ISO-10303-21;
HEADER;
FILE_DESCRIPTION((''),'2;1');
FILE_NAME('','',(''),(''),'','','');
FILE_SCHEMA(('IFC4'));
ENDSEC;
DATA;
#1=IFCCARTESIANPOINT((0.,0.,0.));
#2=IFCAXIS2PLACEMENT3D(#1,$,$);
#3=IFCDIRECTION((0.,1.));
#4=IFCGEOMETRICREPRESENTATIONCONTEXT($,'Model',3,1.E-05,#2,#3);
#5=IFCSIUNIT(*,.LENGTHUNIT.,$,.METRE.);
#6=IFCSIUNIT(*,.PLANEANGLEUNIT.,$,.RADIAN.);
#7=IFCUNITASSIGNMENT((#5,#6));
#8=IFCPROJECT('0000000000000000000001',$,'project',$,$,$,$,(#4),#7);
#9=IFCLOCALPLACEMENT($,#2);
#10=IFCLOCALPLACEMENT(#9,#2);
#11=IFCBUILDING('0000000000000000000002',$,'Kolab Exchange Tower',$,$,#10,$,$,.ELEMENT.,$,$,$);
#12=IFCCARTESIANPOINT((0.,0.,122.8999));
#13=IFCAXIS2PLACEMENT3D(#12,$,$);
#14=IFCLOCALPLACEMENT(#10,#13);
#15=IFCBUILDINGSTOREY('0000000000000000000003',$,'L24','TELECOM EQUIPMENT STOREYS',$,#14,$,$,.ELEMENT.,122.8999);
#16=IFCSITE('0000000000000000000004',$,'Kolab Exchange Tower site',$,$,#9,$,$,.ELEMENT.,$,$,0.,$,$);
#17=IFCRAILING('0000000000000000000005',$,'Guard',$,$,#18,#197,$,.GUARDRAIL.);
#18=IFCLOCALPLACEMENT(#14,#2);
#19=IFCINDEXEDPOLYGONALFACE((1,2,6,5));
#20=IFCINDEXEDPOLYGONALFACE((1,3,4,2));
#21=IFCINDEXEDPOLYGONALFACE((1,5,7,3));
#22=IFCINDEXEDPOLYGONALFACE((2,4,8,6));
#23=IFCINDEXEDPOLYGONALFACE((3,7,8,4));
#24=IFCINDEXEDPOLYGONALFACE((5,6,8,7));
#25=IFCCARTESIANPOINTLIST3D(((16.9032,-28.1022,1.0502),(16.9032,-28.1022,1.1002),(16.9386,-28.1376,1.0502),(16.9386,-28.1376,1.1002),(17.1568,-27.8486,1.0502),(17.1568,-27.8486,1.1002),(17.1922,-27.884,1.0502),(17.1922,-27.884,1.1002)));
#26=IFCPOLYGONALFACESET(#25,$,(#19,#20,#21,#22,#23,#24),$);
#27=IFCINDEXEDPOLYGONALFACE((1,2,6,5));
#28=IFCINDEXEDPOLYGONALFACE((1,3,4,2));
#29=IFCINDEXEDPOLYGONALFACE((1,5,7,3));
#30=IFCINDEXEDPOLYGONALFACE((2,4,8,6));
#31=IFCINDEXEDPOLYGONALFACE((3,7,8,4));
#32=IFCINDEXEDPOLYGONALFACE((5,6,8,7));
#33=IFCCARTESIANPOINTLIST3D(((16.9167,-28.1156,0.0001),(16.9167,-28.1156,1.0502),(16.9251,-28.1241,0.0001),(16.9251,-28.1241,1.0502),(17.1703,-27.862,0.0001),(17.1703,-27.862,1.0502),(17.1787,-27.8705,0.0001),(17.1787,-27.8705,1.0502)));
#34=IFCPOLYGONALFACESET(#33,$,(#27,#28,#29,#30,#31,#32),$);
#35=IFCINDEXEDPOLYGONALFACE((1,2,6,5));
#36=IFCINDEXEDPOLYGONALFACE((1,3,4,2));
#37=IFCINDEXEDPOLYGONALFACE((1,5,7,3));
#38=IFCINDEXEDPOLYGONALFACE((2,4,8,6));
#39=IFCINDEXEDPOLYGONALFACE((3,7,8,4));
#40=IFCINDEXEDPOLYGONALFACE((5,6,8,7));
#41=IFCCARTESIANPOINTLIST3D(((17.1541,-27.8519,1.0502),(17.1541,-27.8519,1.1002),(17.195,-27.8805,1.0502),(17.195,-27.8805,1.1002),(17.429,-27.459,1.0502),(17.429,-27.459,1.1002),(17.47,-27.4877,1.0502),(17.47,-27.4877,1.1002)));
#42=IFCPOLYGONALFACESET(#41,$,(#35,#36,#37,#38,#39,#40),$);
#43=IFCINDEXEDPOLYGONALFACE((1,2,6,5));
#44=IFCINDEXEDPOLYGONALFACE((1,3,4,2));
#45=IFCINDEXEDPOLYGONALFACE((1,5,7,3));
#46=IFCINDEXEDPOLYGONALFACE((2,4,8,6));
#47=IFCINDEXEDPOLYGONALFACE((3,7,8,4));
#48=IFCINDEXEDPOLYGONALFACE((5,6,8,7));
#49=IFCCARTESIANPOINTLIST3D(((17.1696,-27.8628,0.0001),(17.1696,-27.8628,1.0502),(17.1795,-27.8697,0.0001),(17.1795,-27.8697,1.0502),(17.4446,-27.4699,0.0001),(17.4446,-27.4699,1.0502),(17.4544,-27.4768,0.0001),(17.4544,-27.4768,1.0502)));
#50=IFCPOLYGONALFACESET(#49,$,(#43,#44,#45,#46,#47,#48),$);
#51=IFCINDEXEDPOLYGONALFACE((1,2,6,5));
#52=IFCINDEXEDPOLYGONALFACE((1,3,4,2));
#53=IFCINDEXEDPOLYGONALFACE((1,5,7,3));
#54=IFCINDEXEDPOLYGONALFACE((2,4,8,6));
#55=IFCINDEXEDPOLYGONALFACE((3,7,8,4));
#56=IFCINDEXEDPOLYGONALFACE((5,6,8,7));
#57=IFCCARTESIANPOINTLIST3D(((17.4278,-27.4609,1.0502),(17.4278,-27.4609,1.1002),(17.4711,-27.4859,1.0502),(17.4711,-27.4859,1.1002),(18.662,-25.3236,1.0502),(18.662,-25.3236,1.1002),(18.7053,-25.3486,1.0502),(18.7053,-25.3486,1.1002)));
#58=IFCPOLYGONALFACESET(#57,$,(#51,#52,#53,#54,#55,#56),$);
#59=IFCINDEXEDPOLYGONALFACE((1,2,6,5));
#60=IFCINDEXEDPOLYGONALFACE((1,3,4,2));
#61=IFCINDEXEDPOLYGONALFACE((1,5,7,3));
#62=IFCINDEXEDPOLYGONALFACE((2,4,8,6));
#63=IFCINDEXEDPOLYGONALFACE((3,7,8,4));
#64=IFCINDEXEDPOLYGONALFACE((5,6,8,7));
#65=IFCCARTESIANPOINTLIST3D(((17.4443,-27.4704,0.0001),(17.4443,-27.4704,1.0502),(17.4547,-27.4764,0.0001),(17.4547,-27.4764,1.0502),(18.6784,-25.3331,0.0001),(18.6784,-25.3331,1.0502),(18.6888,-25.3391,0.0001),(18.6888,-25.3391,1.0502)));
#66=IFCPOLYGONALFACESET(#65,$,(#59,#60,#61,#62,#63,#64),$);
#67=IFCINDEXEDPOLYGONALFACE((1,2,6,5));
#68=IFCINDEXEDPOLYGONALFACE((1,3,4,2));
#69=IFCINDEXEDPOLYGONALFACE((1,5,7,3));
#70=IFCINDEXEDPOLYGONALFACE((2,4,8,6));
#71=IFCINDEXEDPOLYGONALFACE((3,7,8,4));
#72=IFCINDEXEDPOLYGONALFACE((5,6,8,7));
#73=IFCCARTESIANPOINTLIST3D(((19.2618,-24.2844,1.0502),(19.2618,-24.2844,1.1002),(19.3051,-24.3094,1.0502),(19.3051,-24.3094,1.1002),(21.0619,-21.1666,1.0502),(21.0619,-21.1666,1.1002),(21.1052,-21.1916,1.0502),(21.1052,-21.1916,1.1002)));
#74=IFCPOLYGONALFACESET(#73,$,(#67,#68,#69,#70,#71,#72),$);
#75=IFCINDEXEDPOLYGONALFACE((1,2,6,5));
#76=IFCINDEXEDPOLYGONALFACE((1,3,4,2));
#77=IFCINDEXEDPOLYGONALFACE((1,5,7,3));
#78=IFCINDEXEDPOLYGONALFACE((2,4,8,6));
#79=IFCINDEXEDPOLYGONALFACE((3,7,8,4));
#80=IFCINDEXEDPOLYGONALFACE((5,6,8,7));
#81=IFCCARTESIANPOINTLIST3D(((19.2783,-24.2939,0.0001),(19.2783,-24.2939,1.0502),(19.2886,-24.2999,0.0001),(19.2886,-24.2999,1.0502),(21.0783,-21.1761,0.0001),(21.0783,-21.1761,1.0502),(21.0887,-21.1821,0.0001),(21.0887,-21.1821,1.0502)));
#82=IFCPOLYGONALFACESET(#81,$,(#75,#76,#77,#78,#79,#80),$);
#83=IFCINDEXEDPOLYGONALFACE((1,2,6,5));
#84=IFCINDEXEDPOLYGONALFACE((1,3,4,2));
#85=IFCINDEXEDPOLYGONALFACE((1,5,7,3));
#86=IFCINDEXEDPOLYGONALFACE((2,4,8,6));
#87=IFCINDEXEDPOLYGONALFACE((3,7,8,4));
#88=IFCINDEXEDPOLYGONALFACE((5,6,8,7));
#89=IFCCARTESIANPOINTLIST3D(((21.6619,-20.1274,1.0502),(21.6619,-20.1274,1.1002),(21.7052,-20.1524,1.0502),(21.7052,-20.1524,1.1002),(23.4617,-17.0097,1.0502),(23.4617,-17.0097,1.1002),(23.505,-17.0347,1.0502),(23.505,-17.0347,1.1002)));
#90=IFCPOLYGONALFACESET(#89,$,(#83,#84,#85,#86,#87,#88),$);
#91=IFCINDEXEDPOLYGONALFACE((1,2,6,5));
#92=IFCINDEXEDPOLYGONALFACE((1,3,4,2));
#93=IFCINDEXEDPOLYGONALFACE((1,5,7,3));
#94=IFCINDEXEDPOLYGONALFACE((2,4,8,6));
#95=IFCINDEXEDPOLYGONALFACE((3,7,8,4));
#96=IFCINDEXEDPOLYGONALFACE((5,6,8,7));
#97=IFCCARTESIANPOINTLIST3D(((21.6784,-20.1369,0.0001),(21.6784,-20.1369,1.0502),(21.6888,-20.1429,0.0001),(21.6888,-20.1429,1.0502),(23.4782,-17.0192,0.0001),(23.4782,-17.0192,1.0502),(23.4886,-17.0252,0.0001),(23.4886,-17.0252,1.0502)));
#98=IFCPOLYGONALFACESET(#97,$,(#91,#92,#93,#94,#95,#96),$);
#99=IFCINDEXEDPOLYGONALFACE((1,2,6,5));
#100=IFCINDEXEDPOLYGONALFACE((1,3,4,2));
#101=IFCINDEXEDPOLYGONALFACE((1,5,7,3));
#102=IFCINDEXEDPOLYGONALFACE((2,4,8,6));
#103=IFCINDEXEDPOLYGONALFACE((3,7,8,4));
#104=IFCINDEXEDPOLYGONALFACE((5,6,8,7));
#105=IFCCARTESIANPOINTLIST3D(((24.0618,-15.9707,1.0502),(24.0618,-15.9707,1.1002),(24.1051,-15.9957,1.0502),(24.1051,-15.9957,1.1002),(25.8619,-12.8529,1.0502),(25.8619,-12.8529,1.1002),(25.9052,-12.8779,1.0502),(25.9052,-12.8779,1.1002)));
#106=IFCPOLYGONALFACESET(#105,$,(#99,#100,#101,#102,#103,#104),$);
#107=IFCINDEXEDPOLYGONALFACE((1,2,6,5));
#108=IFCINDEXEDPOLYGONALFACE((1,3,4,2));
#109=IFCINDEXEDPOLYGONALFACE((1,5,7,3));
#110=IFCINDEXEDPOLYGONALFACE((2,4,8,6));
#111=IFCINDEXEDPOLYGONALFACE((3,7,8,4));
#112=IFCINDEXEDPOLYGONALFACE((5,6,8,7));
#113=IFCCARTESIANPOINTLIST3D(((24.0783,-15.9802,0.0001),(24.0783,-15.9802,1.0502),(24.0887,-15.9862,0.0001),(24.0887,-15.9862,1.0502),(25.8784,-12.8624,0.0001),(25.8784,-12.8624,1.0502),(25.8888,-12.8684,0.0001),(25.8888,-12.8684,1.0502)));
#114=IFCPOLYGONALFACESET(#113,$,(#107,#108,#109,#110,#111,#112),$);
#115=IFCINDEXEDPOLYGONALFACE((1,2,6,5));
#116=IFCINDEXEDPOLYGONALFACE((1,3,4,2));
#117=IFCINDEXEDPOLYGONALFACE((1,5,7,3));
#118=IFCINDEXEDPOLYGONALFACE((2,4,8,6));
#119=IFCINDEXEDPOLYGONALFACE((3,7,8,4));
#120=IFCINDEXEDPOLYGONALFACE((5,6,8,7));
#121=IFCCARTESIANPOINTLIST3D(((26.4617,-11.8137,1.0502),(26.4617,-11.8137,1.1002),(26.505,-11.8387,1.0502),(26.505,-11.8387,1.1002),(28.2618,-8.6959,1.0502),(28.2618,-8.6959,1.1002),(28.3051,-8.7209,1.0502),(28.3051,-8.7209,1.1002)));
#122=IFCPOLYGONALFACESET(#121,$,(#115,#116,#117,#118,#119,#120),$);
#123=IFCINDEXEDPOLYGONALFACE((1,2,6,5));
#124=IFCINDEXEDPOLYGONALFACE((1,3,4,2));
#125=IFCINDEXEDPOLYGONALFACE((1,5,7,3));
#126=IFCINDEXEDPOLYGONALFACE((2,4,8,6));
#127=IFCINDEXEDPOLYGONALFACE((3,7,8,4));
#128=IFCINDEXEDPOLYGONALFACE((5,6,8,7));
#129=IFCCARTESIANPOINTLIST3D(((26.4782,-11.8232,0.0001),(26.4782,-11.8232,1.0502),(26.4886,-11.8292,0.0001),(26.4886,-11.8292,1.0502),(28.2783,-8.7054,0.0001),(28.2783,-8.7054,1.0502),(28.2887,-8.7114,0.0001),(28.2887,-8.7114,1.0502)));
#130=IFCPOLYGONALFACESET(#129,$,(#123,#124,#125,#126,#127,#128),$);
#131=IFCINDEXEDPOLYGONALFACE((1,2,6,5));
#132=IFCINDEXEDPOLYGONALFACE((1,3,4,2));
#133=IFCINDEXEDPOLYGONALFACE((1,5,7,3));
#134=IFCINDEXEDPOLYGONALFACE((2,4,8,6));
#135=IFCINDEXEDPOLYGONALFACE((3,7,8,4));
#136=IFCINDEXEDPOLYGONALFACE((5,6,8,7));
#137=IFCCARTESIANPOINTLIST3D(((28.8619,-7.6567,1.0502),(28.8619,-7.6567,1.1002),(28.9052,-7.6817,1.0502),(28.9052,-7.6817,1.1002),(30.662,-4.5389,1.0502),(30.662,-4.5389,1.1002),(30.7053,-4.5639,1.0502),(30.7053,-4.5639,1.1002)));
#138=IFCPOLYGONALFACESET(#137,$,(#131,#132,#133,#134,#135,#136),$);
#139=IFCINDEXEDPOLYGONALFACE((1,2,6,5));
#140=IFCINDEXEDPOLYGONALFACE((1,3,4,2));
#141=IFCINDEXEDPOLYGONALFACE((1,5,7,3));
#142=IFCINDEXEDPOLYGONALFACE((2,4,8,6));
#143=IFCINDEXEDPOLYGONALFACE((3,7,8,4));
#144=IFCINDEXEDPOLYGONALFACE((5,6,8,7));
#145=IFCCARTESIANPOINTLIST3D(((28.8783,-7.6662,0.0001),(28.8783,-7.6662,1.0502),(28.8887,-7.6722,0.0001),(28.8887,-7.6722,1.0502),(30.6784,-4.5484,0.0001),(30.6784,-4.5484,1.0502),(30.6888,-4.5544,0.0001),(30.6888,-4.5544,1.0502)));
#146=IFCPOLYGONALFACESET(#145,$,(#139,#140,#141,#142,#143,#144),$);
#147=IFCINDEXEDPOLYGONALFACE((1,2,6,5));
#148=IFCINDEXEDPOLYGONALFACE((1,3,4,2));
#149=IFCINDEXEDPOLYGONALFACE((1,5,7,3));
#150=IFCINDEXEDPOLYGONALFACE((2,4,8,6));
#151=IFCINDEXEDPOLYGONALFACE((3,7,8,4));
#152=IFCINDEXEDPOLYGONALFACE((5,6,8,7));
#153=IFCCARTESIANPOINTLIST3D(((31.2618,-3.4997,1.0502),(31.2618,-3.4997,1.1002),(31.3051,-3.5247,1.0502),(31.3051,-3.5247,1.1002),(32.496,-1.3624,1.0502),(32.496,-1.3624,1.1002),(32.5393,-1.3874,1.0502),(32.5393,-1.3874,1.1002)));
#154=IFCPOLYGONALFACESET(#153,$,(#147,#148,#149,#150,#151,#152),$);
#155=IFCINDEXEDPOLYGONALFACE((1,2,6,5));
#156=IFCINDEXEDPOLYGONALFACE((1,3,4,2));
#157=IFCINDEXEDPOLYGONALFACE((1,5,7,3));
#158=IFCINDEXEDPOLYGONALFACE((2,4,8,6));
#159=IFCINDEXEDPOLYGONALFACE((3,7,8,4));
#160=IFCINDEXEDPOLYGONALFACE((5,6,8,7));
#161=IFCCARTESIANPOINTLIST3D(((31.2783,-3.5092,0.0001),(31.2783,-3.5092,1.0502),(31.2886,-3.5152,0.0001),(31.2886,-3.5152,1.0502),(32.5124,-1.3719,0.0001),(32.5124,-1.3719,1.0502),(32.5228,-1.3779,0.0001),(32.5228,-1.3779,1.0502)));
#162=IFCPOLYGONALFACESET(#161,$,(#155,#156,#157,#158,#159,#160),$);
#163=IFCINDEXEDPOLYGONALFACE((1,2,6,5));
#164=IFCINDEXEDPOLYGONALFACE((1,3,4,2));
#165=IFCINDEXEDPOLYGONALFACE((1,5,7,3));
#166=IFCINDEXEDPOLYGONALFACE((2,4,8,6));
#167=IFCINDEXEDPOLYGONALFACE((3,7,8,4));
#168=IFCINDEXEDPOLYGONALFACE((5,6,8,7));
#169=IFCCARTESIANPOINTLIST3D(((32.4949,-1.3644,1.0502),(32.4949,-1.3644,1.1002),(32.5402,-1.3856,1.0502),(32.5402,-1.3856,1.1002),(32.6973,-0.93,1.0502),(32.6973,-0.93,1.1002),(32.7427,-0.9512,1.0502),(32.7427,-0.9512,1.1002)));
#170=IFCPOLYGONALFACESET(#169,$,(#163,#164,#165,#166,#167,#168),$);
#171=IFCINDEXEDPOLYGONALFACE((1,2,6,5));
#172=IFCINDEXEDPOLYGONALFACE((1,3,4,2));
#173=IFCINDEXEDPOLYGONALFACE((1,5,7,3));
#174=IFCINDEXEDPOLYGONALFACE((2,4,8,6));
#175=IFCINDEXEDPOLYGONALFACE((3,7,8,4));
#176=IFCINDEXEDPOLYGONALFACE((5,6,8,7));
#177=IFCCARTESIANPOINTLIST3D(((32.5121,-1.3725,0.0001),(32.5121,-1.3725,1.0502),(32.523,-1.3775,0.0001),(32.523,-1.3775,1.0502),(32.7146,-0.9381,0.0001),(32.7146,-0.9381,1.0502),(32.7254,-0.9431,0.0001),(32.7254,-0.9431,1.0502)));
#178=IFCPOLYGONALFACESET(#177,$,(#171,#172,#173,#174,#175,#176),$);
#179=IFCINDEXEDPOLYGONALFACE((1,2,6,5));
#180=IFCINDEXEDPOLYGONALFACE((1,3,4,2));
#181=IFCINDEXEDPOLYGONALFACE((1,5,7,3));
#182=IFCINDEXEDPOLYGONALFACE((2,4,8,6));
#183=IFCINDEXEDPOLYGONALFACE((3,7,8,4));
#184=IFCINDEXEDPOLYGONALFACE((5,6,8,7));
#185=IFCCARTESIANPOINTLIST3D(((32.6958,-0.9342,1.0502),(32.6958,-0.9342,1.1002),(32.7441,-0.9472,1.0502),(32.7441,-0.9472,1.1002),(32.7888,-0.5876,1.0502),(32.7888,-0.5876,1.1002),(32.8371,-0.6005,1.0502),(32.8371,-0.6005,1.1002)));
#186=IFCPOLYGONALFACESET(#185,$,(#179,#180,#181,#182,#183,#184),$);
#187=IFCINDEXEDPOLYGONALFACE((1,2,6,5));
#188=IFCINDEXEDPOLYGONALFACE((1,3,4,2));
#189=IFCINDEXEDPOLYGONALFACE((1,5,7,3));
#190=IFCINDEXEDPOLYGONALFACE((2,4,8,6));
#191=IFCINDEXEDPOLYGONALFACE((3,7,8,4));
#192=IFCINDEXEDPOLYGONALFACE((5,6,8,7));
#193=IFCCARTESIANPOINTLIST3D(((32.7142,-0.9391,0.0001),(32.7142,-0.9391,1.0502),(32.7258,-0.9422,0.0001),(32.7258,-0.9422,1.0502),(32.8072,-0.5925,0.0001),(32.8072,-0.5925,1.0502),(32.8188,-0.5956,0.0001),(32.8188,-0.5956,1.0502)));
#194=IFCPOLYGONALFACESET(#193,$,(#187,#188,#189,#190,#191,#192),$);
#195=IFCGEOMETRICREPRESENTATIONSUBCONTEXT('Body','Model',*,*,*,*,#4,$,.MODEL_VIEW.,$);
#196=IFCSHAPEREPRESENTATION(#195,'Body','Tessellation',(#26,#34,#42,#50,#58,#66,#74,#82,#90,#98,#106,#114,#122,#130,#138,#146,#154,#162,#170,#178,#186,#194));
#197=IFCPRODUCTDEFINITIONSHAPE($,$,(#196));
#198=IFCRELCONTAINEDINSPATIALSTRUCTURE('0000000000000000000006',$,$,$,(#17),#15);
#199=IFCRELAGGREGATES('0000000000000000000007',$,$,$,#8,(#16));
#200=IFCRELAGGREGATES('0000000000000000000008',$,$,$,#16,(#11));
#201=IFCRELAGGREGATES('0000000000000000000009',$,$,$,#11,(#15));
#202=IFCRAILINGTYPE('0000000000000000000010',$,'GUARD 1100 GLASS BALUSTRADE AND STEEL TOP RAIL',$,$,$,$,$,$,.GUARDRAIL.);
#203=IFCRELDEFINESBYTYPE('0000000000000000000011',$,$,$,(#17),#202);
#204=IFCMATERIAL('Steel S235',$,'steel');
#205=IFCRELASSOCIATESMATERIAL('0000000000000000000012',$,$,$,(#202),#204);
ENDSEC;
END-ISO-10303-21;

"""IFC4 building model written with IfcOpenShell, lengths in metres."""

from ifc_helpers import new_model, si_unit, direction, frame, frame_2d, origin, origin_2d, place, context, subcontext, project, spatial, rectangle, extrude, material, type_object, element, save


model = new_model("IFC4")

# Units and contexts
model_context = context("Model", 3, precision=1e-05, world=origin(), true_north=direction((0.0, 1.0)))
body_context = subcontext(model_context, "Body", "Model", "MODEL_VIEW")
ifc_project = project(units=[si_unit("LENGTHUNIT", "METRE"), si_unit("PLANEANGLEUNIT", "RADIAN")], contexts=[model_context])

# Site, building, storey
site_placement = place(None, origin())
site = spatial("IfcSite", under=ifc_project, at=site_placement, Name="Kolab Exchange Tower site", CompositionType="ELEMENT", RefElevation=0.0)
building_placement = place(site_placement, origin())
building = spatial("IfcBuilding", under=site, at=building_placement, Name="Kolab Exchange Tower", CompositionType="ELEMENT")
storey_placement = place(building_placement, frame((0.0, 0.0, 122.8999)))
storey = spatial("IfcBuildingStorey", under=building, at=storey_placement, Name="L24", Description="TELECOM EQUIPMENT STOREYS", CompositionType="ELEMENT", Elevation=122.8999)

# Railing
ifc_material_1 = material(Name="Steel S235", Category="steel")
railing_type = type_object("IfcRailingType", Name="GUARD 1100 GLASS BALUSTRADE AND STEEL TOP RAIL", PredefinedType="GUARDRAIL", material=ifc_material_1)
railing_placement = place(storey_placement, frame((16.9209, -28.1199, 0.0)))
element("IfcRailing", 1, at=railing_placement, inside=storey, type_object=railing_type, Name="Guard", PredefinedType="GUARDRAIL", context=body_context, shape_type="SweptSolid", body=[
    extrude(rectangle(XDim=0.05, YDim=0.05, at=origin_2d()), frame((0.0, 0.0, 1.0752), z_axis=(0.707107, 0.707107, 0.0), x_axis=(-0.707107, 0.707107, 0.0)), (0.0, 0.0, 1.0), 0.3586),
    extrude(rectangle(XDim=0.012, YDim=1.0501, at=frame_2d((0.0, 0.5251))), frame((0.0, 0.0, 0.0), z_axis=(0.707107, 0.707107, 0.0), x_axis=(-0.707107, 0.707107, 0.0)), (0.0, 0.0, 1.0), 0.3586),
    extrude(rectangle(XDim=0.05, YDim=0.05, at=origin_2d()), frame((0.2537, 0.2537, 1.0752), z_axis=(0.57336, 0.819304, 0.0), x_axis=(-0.819304, 0.57336, 0.0)), (0.0, 0.0, 1.0), 0.4795),
    extrude(rectangle(XDim=0.012, YDim=1.0501, at=frame_2d((0.0, 0.5251))), frame((0.2537, 0.2537, 0.0), z_axis=(0.57336, 0.819304, 0.0), x_axis=(-0.819304, 0.57336, 0.0)), (0.0, 0.0, 1.0), 0.4795),
    extrude(rectangle(XDim=0.05, YDim=0.05, at=origin_2d()), frame((0.5286, 0.6465, 1.0752), z_axis=(0.500065, 0.865988, 0.0), x_axis=(-0.865988, 0.500065, 0.0)), (0.0, 0.0, 1.0), 2.468),
    extrude(rectangle(XDim=0.012, YDim=1.0501, at=frame_2d((0.0, 0.5251))), frame((0.5286, 0.6465, 0.0), z_axis=(0.500065, 0.865988, 0.0), x_axis=(-0.865988, 0.500065, 0.0)), (0.0, 0.0, 1.0), 2.468),
    extrude(rectangle(XDim=0.05, YDim=0.05, at=origin_2d()), frame((2.3625, 3.823, 1.0752), z_axis=(0.500012, 0.866018, 0.0), x_axis=(-0.866018, 0.500012, 0.0)), (0.0, 0.0, 1.0), 3.6001),
    extrude(rectangle(XDim=0.012, YDim=1.0501, at=frame_2d((0.0, 0.5251))), frame((2.3625, 3.823, 0.0), z_axis=(0.500012, 0.866018, 0.0), x_axis=(-0.866018, 0.500012, 0.0)), (0.0, 0.0, 1.0), 3.6001),
    extrude(rectangle(XDim=0.05, YDim=0.05, at=origin_2d()), frame((4.7627, 7.98, 1.0752), z_axis=(0.499961, 0.866048, 0.0), x_axis=(-0.866048, 0.499961, 0.0)), (0.0, 0.0, 1.0), 3.5999),
    extrude(rectangle(XDim=0.012, YDim=1.0501, at=frame_2d((0.0, 0.5251))), frame((4.7627, 7.98, 0.0), z_axis=(0.499961, 0.866048, 0.0), x_axis=(-0.866048, 0.499961, 0.0)), (0.0, 0.0, 1.0), 3.5999),
    extrude(rectangle(XDim=0.05, YDim=0.05, at=origin_2d()), frame((7.1626, 12.1367, 1.0752), z_axis=(0.500012, 0.866018, 0.0), x_axis=(-0.866018, 0.500012, 0.0)), (0.0, 0.0, 1.0), 3.6001),
    extrude(rectangle(XDim=0.012, YDim=1.0501, at=frame_2d((0.0, 0.5251))), frame((7.1626, 12.1367, 0.0), z_axis=(0.500012, 0.866018, 0.0), x_axis=(-0.866018, 0.500012, 0.0)), (0.0, 0.0, 1.0), 3.6001),
    extrude(rectangle(XDim=0.05, YDim=0.05, at=origin_2d()), frame((9.5625, 16.2937, 1.0752), z_axis=(0.500012, 0.866018, 0.0), x_axis=(-0.866018, 0.500012, 0.0)), (0.0, 0.0, 1.0), 3.6001),
    extrude(rectangle(XDim=0.012, YDim=1.0501, at=frame_2d((0.0, 0.5251))), frame((9.5625, 16.2937, 0.0), z_axis=(0.500012, 0.866018, 0.0), x_axis=(-0.866018, 0.500012, 0.0)), (0.0, 0.0, 1.0), 3.6001),
    extrude(rectangle(XDim=0.05, YDim=0.05, at=origin_2d()), frame((11.9626, 20.4507, 1.0752), z_axis=(0.500012, 0.866018, 0.0), x_axis=(-0.866018, 0.500012, 0.0)), (0.0, 0.0, 1.0), 3.6001),
    extrude(rectangle(XDim=0.012, YDim=1.0501, at=frame_2d((0.0, 0.5251))), frame((11.9626, 20.4507, 0.0), z_axis=(0.500012, 0.866018, 0.0), x_axis=(-0.866018, 0.500012, 0.0)), (0.0, 0.0, 1.0), 3.6001),
    extrude(rectangle(XDim=0.05, YDim=0.05, at=origin_2d()), frame((14.3625, 24.6077, 1.0752), z_axis=(0.500065, 0.865988, 0.0), x_axis=(-0.865988, 0.500065, 0.0)), (0.0, 0.0, 1.0), 2.468),
    extrude(rectangle(XDim=0.012, YDim=1.0501, at=frame_2d((0.0, 0.5251))), frame((14.3625, 24.6077, 0.0), z_axis=(0.500065, 0.865988, 0.0), x_axis=(-0.865988, 0.500065, 0.0)), (0.0, 0.0, 1.0), 2.468),
    extrude(rectangle(XDim=0.05, YDim=0.05, at=origin_2d()), frame((15.5967, 26.7449, 1.0752), z_axis=(0.422383, 0.906417, 0.0), x_axis=(-0.906417, 0.422383, 0.0)), (0.0, 0.0, 1.0), 0.4792),
    extrude(rectangle(XDim=0.012, YDim=1.0501, at=frame_2d((0.0, 0.5251))), frame((15.5967, 26.7449, 0.0), z_axis=(0.422383, 0.906417, 0.0), x_axis=(-0.906417, 0.422383, 0.0)), (0.0, 0.0, 1.0), 0.4792),
    extrude(rectangle(XDim=0.05, YDim=0.05, at=origin_2d()), frame((15.7991, 27.1792, 1.0752), z_axis=(0.259144, 0.965839, 0.0), x_axis=(-0.965839, 0.259144, 0.0)), (0.0, 0.0, 1.0), 0.3589),
    extrude(rectangle(XDim=0.012, YDim=1.0501, at=frame_2d((0.0, 0.5251))), frame((15.7991, 27.1792, 0.0), z_axis=(0.259144, 0.965839, 0.0), x_axis=(-0.965839, 0.259144, 0.0)), (0.0, 0.0, 1.0), 0.3589),
])

save(model, "model.ifc")
